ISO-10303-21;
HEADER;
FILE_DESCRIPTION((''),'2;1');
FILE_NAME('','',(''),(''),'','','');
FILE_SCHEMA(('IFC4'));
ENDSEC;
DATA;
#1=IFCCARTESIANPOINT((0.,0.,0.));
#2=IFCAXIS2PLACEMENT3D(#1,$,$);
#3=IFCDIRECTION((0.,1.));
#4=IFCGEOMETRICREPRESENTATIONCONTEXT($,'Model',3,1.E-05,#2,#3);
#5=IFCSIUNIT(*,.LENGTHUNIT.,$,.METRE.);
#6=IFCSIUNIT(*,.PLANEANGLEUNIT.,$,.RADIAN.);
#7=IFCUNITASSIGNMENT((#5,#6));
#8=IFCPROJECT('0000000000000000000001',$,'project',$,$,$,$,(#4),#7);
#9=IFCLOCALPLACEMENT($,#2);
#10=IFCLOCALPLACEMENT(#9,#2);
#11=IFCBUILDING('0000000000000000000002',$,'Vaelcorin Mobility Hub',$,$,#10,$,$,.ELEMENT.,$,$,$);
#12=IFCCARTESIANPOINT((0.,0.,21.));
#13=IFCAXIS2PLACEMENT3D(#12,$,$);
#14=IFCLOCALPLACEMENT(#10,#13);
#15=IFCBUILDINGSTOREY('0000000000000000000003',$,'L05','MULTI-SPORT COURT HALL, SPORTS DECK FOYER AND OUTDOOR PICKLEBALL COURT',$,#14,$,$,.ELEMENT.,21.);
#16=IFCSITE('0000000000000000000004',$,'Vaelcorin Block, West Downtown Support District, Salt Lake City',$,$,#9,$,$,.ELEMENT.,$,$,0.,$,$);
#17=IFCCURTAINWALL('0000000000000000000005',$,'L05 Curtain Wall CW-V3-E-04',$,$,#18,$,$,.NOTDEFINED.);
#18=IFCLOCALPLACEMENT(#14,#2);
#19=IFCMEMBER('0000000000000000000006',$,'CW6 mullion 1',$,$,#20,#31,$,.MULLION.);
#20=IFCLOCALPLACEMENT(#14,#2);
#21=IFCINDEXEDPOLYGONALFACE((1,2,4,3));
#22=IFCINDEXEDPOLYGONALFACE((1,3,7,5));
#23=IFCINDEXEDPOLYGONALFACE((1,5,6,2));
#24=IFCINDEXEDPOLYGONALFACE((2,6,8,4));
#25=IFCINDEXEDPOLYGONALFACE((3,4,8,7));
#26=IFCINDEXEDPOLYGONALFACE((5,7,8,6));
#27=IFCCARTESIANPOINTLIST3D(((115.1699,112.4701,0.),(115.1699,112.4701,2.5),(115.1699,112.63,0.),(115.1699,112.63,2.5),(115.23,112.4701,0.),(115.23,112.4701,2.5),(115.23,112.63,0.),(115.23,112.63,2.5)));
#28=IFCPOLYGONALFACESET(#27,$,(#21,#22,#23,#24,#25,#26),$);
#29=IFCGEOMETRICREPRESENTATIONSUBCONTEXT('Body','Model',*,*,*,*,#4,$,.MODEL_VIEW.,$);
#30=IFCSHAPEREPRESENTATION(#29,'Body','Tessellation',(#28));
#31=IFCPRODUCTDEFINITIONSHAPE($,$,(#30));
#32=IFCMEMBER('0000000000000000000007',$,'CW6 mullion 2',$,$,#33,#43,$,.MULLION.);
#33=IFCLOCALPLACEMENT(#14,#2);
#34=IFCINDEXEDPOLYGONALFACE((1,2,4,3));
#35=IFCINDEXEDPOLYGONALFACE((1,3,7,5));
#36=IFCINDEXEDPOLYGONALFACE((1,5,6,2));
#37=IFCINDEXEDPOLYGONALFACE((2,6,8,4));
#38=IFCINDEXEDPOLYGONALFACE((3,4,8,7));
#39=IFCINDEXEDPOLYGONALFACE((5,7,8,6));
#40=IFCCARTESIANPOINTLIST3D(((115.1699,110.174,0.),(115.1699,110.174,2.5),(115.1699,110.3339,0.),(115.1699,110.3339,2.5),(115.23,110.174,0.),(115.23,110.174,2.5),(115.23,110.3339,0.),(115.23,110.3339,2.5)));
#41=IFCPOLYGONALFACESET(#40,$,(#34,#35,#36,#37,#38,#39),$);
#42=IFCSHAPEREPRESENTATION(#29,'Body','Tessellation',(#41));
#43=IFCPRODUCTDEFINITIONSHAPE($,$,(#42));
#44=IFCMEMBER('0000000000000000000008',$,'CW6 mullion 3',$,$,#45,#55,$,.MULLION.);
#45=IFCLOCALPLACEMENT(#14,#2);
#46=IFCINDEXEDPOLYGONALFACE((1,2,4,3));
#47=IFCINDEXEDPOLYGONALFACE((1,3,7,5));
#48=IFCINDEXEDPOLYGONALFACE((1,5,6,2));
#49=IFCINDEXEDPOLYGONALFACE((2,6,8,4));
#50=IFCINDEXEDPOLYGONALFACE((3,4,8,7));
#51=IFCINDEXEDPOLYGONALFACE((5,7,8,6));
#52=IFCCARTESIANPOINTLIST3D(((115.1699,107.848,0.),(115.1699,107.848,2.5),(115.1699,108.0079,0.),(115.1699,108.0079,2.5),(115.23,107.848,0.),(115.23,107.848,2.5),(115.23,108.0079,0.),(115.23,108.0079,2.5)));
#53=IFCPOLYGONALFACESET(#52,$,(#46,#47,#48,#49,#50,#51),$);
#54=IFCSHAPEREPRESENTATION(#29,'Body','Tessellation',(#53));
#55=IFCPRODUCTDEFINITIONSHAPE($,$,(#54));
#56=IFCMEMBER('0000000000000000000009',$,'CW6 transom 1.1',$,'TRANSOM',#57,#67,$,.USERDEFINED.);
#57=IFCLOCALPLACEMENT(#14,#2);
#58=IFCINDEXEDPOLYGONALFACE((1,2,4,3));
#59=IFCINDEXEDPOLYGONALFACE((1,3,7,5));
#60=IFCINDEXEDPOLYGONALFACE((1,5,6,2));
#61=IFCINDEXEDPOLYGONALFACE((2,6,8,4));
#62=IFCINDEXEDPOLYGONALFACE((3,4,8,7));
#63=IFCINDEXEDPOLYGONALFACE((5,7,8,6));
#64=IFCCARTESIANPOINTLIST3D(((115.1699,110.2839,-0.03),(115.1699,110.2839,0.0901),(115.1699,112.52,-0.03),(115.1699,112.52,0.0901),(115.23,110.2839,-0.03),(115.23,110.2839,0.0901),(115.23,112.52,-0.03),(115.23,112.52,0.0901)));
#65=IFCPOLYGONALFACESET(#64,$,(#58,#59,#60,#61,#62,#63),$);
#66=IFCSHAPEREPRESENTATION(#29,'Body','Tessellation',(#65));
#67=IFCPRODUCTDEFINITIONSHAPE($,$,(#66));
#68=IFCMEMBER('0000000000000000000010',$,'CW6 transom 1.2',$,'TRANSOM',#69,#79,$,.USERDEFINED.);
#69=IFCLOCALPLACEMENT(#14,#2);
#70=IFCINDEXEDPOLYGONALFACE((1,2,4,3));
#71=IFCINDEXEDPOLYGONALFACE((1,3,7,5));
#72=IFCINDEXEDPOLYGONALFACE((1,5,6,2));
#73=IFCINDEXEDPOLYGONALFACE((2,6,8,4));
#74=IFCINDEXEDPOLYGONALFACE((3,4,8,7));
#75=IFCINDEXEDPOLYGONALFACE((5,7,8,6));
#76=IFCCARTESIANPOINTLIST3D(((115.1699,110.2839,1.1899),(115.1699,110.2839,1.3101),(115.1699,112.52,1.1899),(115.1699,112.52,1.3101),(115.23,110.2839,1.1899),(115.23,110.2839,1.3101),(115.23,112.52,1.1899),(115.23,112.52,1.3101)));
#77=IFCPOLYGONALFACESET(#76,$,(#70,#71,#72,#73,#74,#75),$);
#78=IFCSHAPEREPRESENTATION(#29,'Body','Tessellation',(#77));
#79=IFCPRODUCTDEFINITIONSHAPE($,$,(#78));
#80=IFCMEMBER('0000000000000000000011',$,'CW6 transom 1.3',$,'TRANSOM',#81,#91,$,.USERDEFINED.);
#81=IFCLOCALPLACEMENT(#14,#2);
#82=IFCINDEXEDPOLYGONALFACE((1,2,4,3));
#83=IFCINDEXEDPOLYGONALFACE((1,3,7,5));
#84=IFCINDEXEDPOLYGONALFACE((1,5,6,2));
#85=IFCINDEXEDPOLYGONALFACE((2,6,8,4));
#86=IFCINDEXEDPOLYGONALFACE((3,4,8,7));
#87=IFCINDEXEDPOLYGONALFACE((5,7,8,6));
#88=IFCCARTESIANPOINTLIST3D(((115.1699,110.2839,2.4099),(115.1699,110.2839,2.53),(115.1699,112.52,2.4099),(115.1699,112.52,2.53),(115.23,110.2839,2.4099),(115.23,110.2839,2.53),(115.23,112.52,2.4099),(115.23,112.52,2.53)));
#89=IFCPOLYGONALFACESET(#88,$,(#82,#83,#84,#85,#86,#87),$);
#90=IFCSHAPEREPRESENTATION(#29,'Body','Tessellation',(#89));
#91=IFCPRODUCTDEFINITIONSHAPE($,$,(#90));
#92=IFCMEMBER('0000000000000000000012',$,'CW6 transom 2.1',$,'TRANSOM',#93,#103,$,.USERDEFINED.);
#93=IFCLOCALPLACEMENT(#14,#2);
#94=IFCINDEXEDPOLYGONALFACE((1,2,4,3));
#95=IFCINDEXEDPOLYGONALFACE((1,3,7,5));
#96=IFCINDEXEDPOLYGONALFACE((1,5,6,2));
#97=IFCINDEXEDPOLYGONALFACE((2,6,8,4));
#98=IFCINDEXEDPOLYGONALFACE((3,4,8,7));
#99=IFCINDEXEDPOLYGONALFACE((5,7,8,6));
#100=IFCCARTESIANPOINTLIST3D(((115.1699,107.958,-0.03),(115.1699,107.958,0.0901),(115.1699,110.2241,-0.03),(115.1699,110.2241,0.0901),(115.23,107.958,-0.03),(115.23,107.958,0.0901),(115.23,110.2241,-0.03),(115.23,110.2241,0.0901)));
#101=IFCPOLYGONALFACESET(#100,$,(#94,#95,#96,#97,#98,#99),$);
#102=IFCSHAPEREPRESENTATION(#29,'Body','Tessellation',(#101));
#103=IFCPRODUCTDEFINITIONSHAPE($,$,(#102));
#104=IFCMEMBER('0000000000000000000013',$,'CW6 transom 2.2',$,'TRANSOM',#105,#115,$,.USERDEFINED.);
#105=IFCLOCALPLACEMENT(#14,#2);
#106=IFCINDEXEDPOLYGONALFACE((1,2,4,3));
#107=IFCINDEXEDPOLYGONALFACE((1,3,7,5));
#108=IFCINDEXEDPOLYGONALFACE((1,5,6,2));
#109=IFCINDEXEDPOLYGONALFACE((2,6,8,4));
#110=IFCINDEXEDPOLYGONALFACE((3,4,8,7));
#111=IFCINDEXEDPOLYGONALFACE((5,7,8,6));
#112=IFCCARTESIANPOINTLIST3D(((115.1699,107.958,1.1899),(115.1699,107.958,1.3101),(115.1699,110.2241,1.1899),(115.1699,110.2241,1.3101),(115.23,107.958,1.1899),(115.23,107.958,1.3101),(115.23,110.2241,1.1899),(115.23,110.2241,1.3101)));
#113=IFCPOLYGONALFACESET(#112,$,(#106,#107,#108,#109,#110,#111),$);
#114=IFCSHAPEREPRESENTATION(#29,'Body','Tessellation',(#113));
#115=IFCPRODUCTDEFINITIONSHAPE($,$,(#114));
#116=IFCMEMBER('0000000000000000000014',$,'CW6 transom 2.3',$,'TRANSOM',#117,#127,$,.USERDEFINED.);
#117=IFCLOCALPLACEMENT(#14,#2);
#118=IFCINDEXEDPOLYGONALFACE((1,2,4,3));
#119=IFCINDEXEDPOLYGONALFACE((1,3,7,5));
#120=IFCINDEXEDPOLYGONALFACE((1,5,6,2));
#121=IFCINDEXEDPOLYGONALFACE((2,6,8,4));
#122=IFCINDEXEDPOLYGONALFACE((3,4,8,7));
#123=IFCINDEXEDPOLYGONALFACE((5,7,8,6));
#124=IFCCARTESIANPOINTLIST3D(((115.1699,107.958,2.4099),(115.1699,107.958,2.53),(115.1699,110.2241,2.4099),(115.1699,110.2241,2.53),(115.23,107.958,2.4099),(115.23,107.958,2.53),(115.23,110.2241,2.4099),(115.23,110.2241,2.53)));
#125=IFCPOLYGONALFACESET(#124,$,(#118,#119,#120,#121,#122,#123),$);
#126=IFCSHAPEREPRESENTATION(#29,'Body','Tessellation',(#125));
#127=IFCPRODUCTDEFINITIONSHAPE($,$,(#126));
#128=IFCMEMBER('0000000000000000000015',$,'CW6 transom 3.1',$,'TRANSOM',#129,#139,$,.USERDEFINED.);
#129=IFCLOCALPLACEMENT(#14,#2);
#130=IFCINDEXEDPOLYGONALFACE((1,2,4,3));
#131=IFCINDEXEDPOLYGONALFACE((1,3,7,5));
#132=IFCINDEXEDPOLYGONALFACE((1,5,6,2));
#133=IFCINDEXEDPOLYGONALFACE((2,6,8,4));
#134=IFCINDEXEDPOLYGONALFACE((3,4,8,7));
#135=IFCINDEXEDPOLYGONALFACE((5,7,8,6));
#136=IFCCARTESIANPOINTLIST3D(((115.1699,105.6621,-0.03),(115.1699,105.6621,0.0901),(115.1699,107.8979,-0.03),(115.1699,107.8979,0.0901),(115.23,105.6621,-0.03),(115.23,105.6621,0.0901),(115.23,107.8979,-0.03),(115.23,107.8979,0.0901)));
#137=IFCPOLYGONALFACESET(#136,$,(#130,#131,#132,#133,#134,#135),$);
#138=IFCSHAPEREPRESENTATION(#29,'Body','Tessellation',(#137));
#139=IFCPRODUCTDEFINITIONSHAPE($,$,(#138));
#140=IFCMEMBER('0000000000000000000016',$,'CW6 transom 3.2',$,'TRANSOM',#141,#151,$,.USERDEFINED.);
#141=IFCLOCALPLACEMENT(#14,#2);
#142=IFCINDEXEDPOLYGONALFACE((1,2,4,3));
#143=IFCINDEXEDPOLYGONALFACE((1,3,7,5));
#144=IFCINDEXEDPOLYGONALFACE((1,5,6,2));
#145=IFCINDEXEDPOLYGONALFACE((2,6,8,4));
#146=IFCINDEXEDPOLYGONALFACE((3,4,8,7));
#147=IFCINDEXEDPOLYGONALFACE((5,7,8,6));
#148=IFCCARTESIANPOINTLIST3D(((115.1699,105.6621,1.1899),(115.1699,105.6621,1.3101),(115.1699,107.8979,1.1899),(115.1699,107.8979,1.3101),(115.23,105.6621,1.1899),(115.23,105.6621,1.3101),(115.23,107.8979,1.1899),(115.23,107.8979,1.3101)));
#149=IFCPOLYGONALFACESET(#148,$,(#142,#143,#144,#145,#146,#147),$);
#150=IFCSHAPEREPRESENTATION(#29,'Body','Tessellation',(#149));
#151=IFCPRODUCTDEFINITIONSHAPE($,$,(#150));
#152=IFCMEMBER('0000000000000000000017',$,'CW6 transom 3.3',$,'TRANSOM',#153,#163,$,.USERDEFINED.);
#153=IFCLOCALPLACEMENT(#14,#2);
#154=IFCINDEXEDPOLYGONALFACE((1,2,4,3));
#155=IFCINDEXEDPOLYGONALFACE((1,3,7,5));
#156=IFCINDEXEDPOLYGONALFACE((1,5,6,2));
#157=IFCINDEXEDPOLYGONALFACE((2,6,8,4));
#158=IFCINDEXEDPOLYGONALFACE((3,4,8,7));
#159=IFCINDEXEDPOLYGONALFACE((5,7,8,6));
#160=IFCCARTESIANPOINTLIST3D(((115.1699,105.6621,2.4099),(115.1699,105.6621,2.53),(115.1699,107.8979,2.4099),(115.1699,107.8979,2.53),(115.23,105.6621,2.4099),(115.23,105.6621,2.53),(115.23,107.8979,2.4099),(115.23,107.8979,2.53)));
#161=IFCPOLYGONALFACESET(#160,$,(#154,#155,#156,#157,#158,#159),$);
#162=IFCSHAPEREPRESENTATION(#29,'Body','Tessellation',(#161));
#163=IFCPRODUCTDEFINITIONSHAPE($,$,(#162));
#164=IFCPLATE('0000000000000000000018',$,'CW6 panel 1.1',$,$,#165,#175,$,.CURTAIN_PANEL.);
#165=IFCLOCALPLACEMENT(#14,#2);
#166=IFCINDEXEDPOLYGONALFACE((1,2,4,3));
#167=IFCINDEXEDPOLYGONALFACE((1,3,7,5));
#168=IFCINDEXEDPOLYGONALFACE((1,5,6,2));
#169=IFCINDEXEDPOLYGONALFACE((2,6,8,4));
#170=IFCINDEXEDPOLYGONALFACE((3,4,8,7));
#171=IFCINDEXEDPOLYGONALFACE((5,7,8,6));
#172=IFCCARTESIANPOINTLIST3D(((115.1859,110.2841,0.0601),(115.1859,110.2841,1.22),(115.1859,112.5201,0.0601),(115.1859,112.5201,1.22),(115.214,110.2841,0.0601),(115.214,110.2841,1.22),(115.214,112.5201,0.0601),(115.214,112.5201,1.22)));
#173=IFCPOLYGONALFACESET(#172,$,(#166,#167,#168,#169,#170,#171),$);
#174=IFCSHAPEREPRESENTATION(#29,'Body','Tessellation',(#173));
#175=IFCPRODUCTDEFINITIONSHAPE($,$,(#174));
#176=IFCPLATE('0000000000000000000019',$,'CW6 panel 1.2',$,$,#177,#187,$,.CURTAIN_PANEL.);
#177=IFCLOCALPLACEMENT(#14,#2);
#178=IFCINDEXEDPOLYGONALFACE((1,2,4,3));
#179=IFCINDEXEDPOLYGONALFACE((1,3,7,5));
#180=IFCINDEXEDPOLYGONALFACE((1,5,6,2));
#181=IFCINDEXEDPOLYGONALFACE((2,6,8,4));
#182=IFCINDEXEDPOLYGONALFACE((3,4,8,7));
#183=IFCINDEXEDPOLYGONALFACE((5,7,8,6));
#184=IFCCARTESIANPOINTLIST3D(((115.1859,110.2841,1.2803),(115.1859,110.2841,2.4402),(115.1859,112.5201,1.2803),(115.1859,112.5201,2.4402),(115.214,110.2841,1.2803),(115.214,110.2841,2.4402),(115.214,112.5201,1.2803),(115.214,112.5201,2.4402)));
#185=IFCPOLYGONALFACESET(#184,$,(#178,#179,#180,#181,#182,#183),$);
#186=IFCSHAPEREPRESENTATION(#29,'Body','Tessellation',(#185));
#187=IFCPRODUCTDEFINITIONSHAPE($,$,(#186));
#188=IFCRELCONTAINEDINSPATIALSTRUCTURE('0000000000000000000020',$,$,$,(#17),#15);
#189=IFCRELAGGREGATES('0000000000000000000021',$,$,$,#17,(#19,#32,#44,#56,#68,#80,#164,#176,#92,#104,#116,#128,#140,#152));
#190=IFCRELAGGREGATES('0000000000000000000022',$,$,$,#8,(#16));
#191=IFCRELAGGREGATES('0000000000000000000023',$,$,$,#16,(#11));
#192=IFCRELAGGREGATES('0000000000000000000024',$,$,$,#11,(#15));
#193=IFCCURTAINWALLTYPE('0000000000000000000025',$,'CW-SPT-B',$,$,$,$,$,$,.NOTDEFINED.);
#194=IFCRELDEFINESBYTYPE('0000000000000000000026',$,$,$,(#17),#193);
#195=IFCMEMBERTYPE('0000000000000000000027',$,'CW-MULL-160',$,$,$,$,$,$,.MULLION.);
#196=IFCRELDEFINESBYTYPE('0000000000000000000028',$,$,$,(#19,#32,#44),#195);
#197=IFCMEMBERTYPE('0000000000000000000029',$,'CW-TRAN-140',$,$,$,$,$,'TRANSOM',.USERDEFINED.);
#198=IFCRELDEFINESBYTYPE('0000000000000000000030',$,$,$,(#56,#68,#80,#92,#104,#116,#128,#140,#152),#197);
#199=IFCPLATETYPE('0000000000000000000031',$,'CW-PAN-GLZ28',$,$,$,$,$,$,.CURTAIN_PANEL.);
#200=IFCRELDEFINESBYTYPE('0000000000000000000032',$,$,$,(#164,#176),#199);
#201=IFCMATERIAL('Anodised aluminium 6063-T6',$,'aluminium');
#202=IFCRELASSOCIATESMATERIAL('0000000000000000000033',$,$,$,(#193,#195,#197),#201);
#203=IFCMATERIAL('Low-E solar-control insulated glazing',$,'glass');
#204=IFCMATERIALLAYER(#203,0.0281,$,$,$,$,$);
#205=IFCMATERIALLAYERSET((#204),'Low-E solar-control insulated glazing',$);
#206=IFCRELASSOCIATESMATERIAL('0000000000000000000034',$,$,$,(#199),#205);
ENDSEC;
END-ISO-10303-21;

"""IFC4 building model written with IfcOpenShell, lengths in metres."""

from ifc_helpers import new_model, si_unit, direction, frame, origin, origin_2d, place, context, subcontext, project, spatial, rectangle, extrude, material, layer, layer_set, material_profile, profile_set, type_object, element, aggregate, save


model = new_model("IFC4")

# Units and contexts
model_context = context("Model", 3, precision=1e-05, world=origin(), true_north=direction((0.0, 1.0)))
body_context = subcontext(model_context, "Body", "Model", "MODEL_VIEW")
ifc_project = project(units=[si_unit("LENGTHUNIT", "METRE"), si_unit("PLANEANGLEUNIT", "RADIAN")], contexts=[model_context])

# Site, building, storey
site_placement = place(None, origin())
site = spatial("IfcSite", under=ifc_project, at=site_placement, Name="Vaelcorin Block, West Downtown Support District, Salt Lake City", CompositionType="ELEMENT", RefElevation=0.0)
building_placement = place(site_placement, origin())
building = spatial("IfcBuilding", under=site, at=building_placement, Name="Vaelcorin Mobility Hub", CompositionType="ELEMENT")
storey_placement = place(building_placement, frame((0.0, 0.0, 21.0)))
storey = spatial("IfcBuildingStorey", under=building, at=storey_placement, Name="L05", Description="MULTI-SPORT COURT HALL, SPORTS DECK FOYER AND OUTDOOR PICKLEBALL COURT", CompositionType="ELEMENT", Elevation=21.0)

# Curtain wall, members, plates
ifc_material_1 = material(Name="Anodised aluminium 6063-T6", Category="aluminium")
curtain_wall_type = type_object("IfcCurtainWallType", Name="CW-SPT-B", PredefinedType="NOTDEFINED", material=ifc_material_1)
curtain_wall_placement = place(storey_placement, origin())
curtain_wall = element("IfcCurtainWall", 1, at=curtain_wall_placement, inside=storey, type_object=curtain_wall_type, Name="L05 Curtain Wall CW-V3-E-04", PredefinedType="NOTDEFINED")
ifc_material_profile_1 = material_profile(ifc_material_1, rectangle(XDim=0.0601, YDim=0.1599, at=origin_2d()), Name="ALU-M60X160")
ifc_profile_set_1 = profile_set([ifc_material_profile_1], Name="Anodised aluminium 6063-T6")
member_type_1 = type_object("IfcMemberType", Name="CW-MULL-160", PredefinedType="MULLION", material=ifc_profile_set_1)
member_1_placement = place(storey_placement, frame((115.2, 112.55, 0.0), z_axis=(0.0, 0.0, 1.0), x_axis=(1.0, 0.0, 0.0)))
member_1 = element("IfcMember", 2, at=member_1_placement, type_object=member_type_1, Name="CW6 mullion 1", PredefinedType="MULLION", context=body_context, shape_type="SweptSolid", body=[
    extrude(rectangle(XDim=0.0601, YDim=0.1599, at=origin_2d()), origin(), (0.0, 0.0, 1.0), 2.5),
])
member_2_placement = place(storey_placement, frame((115.2, 110.2539, 0.0), z_axis=(0.0, 0.0, 1.0), x_axis=(1.0, 0.0, 0.0)))
member_2 = element("IfcMember", 3, at=member_2_placement, type_object=member_type_1, Name="CW6 mullion 2", PredefinedType="MULLION", context=body_context, shape_type="SweptSolid", body=[
    extrude(rectangle(XDim=0.0601, YDim=0.1599, at=origin_2d()), origin(), (0.0, 0.0, 1.0), 2.5),
])
member_3_placement = place(storey_placement, frame((115.2, 107.928, 0.0), z_axis=(0.0, 0.0, 1.0), x_axis=(1.0, 0.0, 0.0)))
member_3 = element("IfcMember", 4, at=member_3_placement, type_object=member_type_1, Name="CW6 mullion 3", PredefinedType="MULLION", context=body_context, shape_type="SweptSolid", body=[
    extrude(rectangle(XDim=0.0601, YDim=0.1599, at=origin_2d()), origin(), (0.0, 0.0, 1.0), 2.5),
])
ifc_material_profile_2 = material_profile(ifc_material_1, rectangle(XDim=0.0601, YDim=0.1201, at=origin_2d()), Name="ALU-T60X120")
ifc_profile_set_2 = profile_set([ifc_material_profile_2], Name="Anodised aluminium 6063-T6")
member_type_2 = type_object("IfcMemberType", Name="CW-TRAN-140", ElementType="TRANSOM", PredefinedType="USERDEFINED", material=ifc_profile_set_2)
member_4_placement = place(storey_placement, frame((115.2, 112.52, 0.03), z_axis=(0.0, -1.0, 0.0), x_axis=(1.0, 0.0, 0.0)))
member_4 = element("IfcMember", 5, at=member_4_placement, type_object=member_type_2, Name="CW6 transom 1.1", ObjectType="TRANSOM", PredefinedType="USERDEFINED", context=body_context, shape_type="SweptSolid", body=[
    extrude(rectangle(XDim=0.0601, YDim=0.1201, at=origin_2d()), origin(), (0.0, 0.0, 1.0), 2.2361),
])
member_5_placement = place(storey_placement, frame((115.2, 112.52, 1.25), z_axis=(0.0, -1.0, 0.0), x_axis=(1.0, 0.0, 0.0)))
member_5 = element("IfcMember", 6, at=member_5_placement, type_object=member_type_2, Name="CW6 transom 1.2", ObjectType="TRANSOM", PredefinedType="USERDEFINED", context=body_context, shape_type="SweptSolid", body=[
    extrude(rectangle(XDim=0.0601, YDim=0.1201, at=origin_2d()), origin(), (0.0, 0.0, 1.0), 2.2361),
])
member_6_placement = place(storey_placement, frame((115.2, 112.52, 2.47), z_axis=(0.0, -1.0, 0.0), x_axis=(1.0, 0.0, 0.0)))
member_6 = element("IfcMember", 7, at=member_6_placement, type_object=member_type_2, Name="CW6 transom 1.3", ObjectType="TRANSOM", PredefinedType="USERDEFINED", context=body_context, shape_type="SweptSolid", body=[
    extrude(rectangle(XDim=0.0601, YDim=0.1201, at=origin_2d()), origin(), (0.0, 0.0, 1.0), 2.2361),
])
member_7_placement = place(storey_placement, frame((115.2, 110.2241, 0.03), z_axis=(0.0, -1.0, 0.0), x_axis=(1.0, 0.0, 0.0)))
member_7 = element("IfcMember", 8, at=member_7_placement, type_object=member_type_2, Name="CW6 transom 2.1", ObjectType="TRANSOM", PredefinedType="USERDEFINED", context=body_context, shape_type="SweptSolid", body=[
    extrude(rectangle(XDim=0.0601, YDim=0.1201, at=origin_2d()), origin(), (0.0, 0.0, 1.0), 2.2661),
])
member_8_placement = place(storey_placement, frame((115.2, 110.2241, 1.25), z_axis=(0.0, -1.0, 0.0), x_axis=(1.0, 0.0, 0.0)))
member_8 = element("IfcMember", 9, at=member_8_placement, type_object=member_type_2, Name="CW6 transom 2.2", ObjectType="TRANSOM", PredefinedType="USERDEFINED", context=body_context, shape_type="SweptSolid", body=[
    extrude(rectangle(XDim=0.0601, YDim=0.1201, at=origin_2d()), origin(), (0.0, 0.0, 1.0), 2.2661),
])
member_9_placement = place(storey_placement, frame((115.2, 110.2241, 2.47), z_axis=(0.0, -1.0, 0.0), x_axis=(1.0, 0.0, 0.0)))
member_9 = element("IfcMember", 10, at=member_9_placement, type_object=member_type_2, Name="CW6 transom 2.3", ObjectType="TRANSOM", PredefinedType="USERDEFINED", context=body_context, shape_type="SweptSolid", body=[
    extrude(rectangle(XDim=0.0601, YDim=0.1201, at=origin_2d()), origin(), (0.0, 0.0, 1.0), 2.2661),
])
member_10_placement = place(storey_placement, frame((115.2, 107.8979, 0.03), z_axis=(0.0, -1.0, 0.0), x_axis=(1.0, 0.0, 0.0)))
member_10 = element("IfcMember", 11, at=member_10_placement, type_object=member_type_2, Name="CW6 transom 3.1", ObjectType="TRANSOM", PredefinedType="USERDEFINED", context=body_context, shape_type="SweptSolid", body=[
    extrude(rectangle(XDim=0.0601, YDim=0.1201, at=origin_2d()), origin(), (0.0, 0.0, 1.0), 2.2358),
])
member_11_placement = place(storey_placement, frame((115.2, 107.8979, 1.25), z_axis=(0.0, -1.0, 0.0), x_axis=(1.0, 0.0, 0.0)))
member_11 = element("IfcMember", 12, at=member_11_placement, type_object=member_type_2, Name="CW6 transom 3.2", ObjectType="TRANSOM", PredefinedType="USERDEFINED", context=body_context, shape_type="SweptSolid", body=[
    extrude(rectangle(XDim=0.0601, YDim=0.1201, at=origin_2d()), origin(), (0.0, 0.0, 1.0), 2.2358),
])
member_12_placement = place(storey_placement, frame((115.2, 107.8979, 2.47), z_axis=(0.0, -1.0, 0.0), x_axis=(1.0, 0.0, 0.0)))
member_12 = element("IfcMember", 13, at=member_12_placement, type_object=member_type_2, Name="CW6 transom 3.3", ObjectType="TRANSOM", PredefinedType="USERDEFINED", context=body_context, shape_type="SweptSolid", body=[
    extrude(rectangle(XDim=0.0601, YDim=0.1201, at=origin_2d()), origin(), (0.0, 0.0, 1.0), 2.2358),
])
ifc_material_2 = material(Name="Low-E solar-control insulated glazing", Category="glass")
ifc_layer = layer(ifc_material_2, 0.0281)
ifc_layer_set = layer_set([ifc_layer], Name="Low-E solar-control insulated glazing")
plate_type = type_object("IfcPlateType", Name="CW-PAN-GLZ28", PredefinedType="CURTAIN_PANEL", material=ifc_layer_set)
plate_1_placement = place(storey_placement, frame((115.2, 111.4021, 0.0601), z_axis=(0.0, 0.0, 1.0), x_axis=(0.0, -1.0, 0.0)))
plate_1 = element("IfcPlate", 14, at=plate_1_placement, type_object=plate_type, Name="CW6 panel 1.1", PredefinedType="CURTAIN_PANEL", context=body_context, shape_type="SweptSolid", body=[
    extrude(rectangle(XDim=2.2361, YDim=0.0281, at=origin_2d()), origin(), (0.0, 0.0, 1.0), 1.1599),
])
plate_2_placement = place(storey_placement, frame((115.2, 111.4021, 1.2803), z_axis=(0.0, 0.0, 1.0), x_axis=(0.0, -1.0, 0.0)))
plate_2 = element("IfcPlate", 15, at=plate_2_placement, type_object=plate_type, Name="CW6 panel 1.2", PredefinedType="CURTAIN_PANEL", context=body_context, shape_type="SweptSolid", body=[
    extrude(rectangle(XDim=2.2361, YDim=0.0281, at=origin_2d()), origin(), (0.0, 0.0, 1.0), 1.1599),
])
aggregate(curtain_wall, [member_1, member_2, member_3, member_4, member_5, member_6, plate_1, plate_2, member_7, member_8, member_9, member_10, member_11, member_12])

save(model, "model.ifc")
